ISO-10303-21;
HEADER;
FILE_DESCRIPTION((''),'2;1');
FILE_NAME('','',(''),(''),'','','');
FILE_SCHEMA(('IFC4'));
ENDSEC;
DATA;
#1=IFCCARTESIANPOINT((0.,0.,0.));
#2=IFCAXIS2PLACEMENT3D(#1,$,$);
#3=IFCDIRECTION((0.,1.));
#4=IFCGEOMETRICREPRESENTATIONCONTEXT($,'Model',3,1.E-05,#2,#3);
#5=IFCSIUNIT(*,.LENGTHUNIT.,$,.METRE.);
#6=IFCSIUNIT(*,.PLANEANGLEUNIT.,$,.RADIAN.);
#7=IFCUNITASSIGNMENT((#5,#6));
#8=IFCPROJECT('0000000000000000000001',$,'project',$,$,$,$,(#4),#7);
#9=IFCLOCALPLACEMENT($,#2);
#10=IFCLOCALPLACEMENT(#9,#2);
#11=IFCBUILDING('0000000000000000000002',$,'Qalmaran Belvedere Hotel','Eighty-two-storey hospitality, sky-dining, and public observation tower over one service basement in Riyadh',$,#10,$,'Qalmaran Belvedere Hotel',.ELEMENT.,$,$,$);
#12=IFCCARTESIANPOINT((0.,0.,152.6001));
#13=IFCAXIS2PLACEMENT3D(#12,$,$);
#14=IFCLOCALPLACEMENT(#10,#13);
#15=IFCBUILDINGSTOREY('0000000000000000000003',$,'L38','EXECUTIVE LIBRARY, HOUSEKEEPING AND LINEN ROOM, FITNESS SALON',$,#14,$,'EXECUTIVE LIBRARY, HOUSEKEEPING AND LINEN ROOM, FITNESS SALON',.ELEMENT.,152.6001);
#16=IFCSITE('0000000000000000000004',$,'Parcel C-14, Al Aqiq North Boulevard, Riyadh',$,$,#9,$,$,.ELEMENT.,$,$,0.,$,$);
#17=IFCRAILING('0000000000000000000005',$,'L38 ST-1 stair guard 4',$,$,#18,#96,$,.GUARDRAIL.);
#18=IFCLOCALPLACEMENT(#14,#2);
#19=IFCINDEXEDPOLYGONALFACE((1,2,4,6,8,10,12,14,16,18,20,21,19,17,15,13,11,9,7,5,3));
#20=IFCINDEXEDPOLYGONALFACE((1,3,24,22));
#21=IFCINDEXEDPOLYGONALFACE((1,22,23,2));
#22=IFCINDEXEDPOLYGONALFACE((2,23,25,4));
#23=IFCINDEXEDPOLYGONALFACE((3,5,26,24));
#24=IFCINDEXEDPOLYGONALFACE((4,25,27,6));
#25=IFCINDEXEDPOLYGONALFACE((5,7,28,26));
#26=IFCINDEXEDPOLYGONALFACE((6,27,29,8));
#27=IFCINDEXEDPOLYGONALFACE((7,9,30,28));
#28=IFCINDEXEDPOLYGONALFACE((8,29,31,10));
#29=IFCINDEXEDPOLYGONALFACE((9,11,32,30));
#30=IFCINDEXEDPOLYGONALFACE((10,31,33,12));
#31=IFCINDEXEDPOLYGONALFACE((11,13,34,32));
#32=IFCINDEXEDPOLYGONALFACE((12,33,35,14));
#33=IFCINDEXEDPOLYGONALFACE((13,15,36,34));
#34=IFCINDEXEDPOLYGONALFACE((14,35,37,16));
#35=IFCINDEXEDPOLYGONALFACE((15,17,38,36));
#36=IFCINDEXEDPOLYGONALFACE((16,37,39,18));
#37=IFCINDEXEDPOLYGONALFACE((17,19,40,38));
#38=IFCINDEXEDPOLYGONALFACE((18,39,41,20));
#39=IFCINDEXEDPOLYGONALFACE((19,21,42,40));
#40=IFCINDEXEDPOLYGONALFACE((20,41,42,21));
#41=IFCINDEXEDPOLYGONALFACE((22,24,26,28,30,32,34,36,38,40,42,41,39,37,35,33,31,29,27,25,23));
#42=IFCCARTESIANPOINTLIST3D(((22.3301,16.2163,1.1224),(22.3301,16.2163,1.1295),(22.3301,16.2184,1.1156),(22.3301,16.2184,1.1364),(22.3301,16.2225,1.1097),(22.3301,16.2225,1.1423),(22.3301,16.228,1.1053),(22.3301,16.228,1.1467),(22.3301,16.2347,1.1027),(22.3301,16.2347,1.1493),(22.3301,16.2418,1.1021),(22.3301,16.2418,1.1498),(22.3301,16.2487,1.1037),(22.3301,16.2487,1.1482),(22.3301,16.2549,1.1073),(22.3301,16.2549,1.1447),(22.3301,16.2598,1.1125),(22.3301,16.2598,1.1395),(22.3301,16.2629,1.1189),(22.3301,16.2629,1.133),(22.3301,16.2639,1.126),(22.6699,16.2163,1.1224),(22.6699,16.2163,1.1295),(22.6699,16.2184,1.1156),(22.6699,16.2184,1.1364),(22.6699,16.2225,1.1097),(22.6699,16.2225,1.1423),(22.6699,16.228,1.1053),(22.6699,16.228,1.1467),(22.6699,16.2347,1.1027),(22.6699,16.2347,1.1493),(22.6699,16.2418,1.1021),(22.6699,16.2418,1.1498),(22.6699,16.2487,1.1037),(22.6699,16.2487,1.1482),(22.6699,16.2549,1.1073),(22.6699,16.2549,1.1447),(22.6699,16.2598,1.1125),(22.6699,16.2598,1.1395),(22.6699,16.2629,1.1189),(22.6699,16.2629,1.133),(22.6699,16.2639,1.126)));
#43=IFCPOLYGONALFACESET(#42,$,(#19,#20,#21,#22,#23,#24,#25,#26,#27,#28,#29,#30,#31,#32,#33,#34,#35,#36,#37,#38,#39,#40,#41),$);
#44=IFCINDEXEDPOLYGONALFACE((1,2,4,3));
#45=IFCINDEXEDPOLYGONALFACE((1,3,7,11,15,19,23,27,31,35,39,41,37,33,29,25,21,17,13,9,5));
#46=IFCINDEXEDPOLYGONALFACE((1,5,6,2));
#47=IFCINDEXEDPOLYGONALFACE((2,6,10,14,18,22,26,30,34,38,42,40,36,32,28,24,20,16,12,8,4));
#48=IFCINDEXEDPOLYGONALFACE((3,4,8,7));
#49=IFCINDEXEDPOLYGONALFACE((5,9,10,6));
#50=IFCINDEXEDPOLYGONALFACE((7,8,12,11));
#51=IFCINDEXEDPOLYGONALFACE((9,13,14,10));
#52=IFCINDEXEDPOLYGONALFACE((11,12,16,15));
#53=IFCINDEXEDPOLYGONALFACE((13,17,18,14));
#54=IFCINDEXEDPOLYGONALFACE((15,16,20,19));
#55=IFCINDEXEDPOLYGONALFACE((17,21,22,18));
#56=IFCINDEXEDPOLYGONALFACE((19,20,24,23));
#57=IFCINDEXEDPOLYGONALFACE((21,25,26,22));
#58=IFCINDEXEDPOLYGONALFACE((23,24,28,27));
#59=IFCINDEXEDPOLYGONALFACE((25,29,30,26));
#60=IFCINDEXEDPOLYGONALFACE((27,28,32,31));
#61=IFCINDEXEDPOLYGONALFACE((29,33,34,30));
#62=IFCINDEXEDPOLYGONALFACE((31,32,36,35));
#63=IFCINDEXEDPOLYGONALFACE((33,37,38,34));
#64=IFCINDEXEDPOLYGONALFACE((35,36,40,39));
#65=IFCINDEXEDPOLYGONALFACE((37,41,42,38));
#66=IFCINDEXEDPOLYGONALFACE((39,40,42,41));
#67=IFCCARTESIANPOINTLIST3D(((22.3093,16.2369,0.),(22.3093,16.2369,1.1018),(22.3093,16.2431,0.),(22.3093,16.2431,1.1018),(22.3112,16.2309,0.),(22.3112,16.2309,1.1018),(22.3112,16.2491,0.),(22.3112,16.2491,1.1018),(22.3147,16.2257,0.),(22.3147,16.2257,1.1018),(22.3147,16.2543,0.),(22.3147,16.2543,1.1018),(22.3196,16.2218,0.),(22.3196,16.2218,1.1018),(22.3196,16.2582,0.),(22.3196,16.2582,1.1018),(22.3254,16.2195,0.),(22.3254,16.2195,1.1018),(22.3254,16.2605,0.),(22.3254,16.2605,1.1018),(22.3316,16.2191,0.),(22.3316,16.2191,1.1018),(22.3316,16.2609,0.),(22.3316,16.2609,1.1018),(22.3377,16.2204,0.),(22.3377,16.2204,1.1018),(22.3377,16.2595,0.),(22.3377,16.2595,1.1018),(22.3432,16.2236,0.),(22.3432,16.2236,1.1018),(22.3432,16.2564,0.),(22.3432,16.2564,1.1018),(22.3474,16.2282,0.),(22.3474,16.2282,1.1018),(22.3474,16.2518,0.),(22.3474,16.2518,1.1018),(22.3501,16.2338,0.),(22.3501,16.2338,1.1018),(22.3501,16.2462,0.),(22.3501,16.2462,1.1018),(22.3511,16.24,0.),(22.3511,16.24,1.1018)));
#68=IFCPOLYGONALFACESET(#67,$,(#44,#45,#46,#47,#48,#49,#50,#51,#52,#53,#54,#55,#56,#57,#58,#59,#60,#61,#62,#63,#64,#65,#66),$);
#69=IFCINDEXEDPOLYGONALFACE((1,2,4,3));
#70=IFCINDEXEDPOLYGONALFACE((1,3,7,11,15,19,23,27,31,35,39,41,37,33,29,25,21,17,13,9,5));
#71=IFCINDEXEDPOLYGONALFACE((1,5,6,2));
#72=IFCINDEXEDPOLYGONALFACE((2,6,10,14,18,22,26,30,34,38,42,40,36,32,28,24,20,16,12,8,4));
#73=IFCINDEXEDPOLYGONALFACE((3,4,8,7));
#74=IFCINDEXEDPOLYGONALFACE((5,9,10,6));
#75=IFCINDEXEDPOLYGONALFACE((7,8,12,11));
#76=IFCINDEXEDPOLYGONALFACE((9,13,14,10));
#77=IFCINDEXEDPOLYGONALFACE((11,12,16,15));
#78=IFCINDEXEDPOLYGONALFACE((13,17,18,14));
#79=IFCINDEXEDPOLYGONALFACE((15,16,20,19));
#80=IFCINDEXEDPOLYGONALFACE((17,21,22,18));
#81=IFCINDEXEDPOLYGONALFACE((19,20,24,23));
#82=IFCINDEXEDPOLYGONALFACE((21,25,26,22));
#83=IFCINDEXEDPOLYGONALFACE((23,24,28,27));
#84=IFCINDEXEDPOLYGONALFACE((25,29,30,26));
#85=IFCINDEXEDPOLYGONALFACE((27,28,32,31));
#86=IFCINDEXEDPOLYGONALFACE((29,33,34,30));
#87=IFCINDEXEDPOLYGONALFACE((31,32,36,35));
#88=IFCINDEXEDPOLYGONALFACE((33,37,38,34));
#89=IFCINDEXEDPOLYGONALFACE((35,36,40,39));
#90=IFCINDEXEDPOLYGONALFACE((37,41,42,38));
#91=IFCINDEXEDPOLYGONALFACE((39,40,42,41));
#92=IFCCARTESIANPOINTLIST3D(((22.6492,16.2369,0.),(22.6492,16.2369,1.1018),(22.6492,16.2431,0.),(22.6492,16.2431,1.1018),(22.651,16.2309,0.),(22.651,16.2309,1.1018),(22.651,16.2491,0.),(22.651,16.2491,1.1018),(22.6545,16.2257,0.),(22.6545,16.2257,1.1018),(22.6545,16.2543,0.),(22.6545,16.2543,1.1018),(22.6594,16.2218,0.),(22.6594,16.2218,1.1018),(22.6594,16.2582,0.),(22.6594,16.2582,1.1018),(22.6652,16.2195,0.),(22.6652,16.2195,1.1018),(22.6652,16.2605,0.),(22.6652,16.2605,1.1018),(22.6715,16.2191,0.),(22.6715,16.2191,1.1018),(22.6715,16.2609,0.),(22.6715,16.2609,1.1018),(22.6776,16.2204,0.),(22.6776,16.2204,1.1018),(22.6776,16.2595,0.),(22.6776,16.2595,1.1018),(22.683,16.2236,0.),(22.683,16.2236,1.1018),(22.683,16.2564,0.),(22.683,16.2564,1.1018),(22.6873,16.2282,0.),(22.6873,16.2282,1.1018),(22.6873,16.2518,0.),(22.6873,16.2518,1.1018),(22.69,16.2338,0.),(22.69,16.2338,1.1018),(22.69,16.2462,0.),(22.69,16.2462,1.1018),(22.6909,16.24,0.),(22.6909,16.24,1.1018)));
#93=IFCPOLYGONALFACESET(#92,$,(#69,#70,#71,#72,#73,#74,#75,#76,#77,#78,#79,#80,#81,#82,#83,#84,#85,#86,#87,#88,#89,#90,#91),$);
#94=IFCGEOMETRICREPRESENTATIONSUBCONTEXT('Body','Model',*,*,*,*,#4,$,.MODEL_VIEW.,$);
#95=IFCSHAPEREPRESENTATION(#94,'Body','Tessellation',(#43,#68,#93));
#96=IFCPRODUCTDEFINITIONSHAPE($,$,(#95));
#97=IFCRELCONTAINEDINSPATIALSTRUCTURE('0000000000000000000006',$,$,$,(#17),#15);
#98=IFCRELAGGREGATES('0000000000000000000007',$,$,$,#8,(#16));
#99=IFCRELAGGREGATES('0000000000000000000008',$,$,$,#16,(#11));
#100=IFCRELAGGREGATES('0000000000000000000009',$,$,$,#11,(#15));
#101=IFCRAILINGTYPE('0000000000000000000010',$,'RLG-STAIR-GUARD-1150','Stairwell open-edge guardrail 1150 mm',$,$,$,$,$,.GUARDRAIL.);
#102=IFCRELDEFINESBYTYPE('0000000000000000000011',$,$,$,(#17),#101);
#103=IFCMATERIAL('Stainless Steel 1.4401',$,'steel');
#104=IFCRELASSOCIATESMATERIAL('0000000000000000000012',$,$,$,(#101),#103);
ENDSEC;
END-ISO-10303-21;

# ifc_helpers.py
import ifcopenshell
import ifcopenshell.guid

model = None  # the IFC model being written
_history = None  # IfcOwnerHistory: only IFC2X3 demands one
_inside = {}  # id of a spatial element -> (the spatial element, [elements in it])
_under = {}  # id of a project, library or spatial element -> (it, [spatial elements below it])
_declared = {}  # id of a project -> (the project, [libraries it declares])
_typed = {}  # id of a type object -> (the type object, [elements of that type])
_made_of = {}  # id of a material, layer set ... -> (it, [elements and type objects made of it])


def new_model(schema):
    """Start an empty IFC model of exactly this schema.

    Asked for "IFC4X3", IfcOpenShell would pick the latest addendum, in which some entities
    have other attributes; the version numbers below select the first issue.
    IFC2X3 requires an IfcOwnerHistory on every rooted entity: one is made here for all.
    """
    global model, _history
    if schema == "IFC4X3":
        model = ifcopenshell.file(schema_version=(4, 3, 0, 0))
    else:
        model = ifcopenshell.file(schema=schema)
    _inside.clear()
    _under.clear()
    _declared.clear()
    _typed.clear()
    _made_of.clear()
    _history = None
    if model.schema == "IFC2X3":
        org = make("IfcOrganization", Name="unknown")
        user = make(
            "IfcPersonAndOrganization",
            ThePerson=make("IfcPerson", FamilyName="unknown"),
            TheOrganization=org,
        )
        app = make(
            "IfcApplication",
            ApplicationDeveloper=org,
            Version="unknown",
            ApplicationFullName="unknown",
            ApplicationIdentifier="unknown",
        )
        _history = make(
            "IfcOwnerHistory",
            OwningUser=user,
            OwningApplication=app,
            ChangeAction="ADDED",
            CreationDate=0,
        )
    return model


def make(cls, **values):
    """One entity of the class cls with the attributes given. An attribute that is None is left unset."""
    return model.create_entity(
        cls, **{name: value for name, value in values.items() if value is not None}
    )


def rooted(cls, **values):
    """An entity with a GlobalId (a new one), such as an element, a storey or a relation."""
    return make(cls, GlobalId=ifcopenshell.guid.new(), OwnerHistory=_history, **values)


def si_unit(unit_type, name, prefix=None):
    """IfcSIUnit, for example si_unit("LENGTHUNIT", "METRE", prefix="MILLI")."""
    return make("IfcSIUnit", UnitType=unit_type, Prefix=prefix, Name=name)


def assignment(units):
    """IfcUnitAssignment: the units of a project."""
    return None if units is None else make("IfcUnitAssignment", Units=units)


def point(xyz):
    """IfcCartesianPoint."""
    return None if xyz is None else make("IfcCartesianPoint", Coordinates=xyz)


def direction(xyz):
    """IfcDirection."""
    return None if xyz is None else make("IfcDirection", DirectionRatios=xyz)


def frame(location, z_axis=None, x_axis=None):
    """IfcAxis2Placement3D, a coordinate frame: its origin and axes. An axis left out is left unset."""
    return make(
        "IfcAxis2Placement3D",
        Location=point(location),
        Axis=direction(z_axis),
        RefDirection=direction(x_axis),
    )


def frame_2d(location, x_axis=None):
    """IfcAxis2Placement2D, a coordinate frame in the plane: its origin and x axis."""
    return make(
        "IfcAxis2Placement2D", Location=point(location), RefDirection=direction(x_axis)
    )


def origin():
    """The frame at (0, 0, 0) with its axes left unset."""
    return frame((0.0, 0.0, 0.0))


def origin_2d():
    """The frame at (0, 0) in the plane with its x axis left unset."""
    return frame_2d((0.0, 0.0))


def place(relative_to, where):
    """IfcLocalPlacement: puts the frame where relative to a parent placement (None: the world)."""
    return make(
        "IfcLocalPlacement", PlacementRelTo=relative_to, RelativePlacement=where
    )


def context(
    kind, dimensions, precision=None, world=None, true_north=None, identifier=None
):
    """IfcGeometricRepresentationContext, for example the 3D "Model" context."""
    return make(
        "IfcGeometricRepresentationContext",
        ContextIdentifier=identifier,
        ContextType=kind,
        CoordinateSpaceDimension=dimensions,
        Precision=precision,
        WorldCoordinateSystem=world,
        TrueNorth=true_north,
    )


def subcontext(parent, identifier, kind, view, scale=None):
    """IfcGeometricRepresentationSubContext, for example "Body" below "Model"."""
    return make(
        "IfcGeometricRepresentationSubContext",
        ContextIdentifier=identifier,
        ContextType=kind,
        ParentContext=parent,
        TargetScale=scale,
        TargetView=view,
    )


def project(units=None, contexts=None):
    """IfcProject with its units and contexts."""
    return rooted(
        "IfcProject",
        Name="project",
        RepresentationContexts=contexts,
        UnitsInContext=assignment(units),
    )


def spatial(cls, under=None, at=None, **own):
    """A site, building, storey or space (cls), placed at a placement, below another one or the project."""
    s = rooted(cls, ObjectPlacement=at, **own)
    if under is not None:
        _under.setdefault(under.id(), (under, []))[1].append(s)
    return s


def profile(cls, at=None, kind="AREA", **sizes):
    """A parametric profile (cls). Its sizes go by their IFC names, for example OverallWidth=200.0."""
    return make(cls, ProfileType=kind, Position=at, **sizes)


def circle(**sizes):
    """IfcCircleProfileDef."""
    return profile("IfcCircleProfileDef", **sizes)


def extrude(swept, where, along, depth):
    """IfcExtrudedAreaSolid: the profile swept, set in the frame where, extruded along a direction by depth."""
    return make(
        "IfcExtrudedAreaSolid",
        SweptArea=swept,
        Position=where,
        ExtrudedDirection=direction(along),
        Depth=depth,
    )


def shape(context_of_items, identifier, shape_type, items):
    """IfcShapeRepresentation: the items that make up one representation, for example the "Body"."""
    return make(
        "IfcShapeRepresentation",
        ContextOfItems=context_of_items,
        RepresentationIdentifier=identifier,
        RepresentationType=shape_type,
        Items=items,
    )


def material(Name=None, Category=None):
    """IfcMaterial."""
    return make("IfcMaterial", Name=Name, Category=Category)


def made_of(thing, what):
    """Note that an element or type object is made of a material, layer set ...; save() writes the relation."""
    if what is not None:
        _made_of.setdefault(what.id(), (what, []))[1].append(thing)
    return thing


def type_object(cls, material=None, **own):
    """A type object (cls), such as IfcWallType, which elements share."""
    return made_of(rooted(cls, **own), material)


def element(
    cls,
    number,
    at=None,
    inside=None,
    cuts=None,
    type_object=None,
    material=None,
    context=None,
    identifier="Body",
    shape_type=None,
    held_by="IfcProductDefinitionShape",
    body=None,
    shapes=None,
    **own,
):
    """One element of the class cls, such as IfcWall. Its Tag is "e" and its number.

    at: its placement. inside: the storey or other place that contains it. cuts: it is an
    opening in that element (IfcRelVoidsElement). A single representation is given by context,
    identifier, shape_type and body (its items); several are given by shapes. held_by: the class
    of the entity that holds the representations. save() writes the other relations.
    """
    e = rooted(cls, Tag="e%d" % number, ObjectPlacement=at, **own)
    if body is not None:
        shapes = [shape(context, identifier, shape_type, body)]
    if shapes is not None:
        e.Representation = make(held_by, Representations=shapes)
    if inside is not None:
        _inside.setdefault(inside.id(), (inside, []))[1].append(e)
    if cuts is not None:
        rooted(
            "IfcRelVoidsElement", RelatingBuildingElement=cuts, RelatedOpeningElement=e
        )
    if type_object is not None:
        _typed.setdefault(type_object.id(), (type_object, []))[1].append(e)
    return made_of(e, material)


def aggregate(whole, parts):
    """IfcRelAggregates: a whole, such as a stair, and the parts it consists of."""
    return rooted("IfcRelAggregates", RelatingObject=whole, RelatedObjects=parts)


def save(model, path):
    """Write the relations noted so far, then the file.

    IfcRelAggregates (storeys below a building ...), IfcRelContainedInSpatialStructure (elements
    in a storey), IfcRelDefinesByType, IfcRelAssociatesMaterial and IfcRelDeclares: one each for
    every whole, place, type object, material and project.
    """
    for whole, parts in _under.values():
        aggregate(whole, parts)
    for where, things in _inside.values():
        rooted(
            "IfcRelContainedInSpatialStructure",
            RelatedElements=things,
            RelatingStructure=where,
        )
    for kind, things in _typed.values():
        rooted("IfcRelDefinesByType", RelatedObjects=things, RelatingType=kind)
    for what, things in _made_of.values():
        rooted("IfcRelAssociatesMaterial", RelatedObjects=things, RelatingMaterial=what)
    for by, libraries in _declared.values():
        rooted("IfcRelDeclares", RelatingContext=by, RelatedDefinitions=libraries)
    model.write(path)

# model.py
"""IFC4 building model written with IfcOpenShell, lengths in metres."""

from ifc_helpers import new_model, si_unit, direction, frame, origin, origin_2d, place, context, subcontext, project, spatial, circle, extrude, material, type_object, element, save


model = new_model("IFC4")

# Units and contexts
model_context = context("Model", 3, precision=1e-05, world=origin(), true_north=direction((0.0, 1.0)))
body_context = subcontext(model_context, "Body", "Model", "MODEL_VIEW")
ifc_project = project(units=[si_unit("LENGTHUNIT", "METRE"), si_unit("PLANEANGLEUNIT", "RADIAN")], contexts=[model_context])

# Site, building, storey
site_placement = place(None, origin())
site = spatial("IfcSite", under=ifc_project, at=site_placement, Name="Parcel C-14, Al Aqiq North Boulevard, Riyadh", CompositionType="ELEMENT", RefElevation=0.0)
building_placement = place(site_placement, origin())
building = spatial("IfcBuilding", under=site, at=building_placement, Name="Qalmaran Belvedere Hotel", Description="Eighty-two-storey hospitality, sky-dining, and public observation tower over one service basement in Riyadh", LongName="Qalmaran Belvedere Hotel", CompositionType="ELEMENT")
storey_placement = place(building_placement, frame((0.0, 0.0, 152.6001)))
storey = spatial("IfcBuildingStorey", under=building, at=storey_placement, Name="L38", Description="EXECUTIVE LIBRARY, HOUSEKEEPING AND LINEN ROOM, FITNESS SALON", LongName="EXECUTIVE LIBRARY, HOUSEKEEPING AND LINEN ROOM, FITNESS SALON", CompositionType="ELEMENT", Elevation=152.6001)

# Shared definitions
ifc_material_1 = material(Name="Stainless Steel 1.4401", Category="steel")

# Railing
railing_type_1 = type_object("IfcRailingType", Name="RLG-STAIR-GUARD-1150", Description="Stairwell open-edge guardrail 1150 mm", PredefinedType="GUARDRAIL", material=ifc_material_1)
railing_1_placement = place(storey_placement, frame((22.3301, 16.24, 0.0)))
element("IfcRailing", 1, at=railing_1_placement, inside=storey, type_object=railing_type_1, Name="L38 ST-1 stair guard 4", PredefinedType="GUARDRAIL", context=body_context, shape_type="SweptSolid", body=[
    extrude(circle(Radius=0.0239, at=origin_2d()), frame((0.0, 0.0, 1.126), z_axis=(1.0, 0.0, 0.0), x_axis=(0.0, 1.0, 0.0)), (0.0, 0.0, 1.0), 0.3398),
    extrude(circle(Radius=0.021, at=origin_2d()), origin(), (0.0, 0.0, 1.0), 1.1018),
    extrude(circle(Radius=0.021, at=origin_2d()), frame((0.3398, 0.0, 0.0)), (0.0, 0.0, 1.0), 1.1018),
])

save(model, "model.ifc")
